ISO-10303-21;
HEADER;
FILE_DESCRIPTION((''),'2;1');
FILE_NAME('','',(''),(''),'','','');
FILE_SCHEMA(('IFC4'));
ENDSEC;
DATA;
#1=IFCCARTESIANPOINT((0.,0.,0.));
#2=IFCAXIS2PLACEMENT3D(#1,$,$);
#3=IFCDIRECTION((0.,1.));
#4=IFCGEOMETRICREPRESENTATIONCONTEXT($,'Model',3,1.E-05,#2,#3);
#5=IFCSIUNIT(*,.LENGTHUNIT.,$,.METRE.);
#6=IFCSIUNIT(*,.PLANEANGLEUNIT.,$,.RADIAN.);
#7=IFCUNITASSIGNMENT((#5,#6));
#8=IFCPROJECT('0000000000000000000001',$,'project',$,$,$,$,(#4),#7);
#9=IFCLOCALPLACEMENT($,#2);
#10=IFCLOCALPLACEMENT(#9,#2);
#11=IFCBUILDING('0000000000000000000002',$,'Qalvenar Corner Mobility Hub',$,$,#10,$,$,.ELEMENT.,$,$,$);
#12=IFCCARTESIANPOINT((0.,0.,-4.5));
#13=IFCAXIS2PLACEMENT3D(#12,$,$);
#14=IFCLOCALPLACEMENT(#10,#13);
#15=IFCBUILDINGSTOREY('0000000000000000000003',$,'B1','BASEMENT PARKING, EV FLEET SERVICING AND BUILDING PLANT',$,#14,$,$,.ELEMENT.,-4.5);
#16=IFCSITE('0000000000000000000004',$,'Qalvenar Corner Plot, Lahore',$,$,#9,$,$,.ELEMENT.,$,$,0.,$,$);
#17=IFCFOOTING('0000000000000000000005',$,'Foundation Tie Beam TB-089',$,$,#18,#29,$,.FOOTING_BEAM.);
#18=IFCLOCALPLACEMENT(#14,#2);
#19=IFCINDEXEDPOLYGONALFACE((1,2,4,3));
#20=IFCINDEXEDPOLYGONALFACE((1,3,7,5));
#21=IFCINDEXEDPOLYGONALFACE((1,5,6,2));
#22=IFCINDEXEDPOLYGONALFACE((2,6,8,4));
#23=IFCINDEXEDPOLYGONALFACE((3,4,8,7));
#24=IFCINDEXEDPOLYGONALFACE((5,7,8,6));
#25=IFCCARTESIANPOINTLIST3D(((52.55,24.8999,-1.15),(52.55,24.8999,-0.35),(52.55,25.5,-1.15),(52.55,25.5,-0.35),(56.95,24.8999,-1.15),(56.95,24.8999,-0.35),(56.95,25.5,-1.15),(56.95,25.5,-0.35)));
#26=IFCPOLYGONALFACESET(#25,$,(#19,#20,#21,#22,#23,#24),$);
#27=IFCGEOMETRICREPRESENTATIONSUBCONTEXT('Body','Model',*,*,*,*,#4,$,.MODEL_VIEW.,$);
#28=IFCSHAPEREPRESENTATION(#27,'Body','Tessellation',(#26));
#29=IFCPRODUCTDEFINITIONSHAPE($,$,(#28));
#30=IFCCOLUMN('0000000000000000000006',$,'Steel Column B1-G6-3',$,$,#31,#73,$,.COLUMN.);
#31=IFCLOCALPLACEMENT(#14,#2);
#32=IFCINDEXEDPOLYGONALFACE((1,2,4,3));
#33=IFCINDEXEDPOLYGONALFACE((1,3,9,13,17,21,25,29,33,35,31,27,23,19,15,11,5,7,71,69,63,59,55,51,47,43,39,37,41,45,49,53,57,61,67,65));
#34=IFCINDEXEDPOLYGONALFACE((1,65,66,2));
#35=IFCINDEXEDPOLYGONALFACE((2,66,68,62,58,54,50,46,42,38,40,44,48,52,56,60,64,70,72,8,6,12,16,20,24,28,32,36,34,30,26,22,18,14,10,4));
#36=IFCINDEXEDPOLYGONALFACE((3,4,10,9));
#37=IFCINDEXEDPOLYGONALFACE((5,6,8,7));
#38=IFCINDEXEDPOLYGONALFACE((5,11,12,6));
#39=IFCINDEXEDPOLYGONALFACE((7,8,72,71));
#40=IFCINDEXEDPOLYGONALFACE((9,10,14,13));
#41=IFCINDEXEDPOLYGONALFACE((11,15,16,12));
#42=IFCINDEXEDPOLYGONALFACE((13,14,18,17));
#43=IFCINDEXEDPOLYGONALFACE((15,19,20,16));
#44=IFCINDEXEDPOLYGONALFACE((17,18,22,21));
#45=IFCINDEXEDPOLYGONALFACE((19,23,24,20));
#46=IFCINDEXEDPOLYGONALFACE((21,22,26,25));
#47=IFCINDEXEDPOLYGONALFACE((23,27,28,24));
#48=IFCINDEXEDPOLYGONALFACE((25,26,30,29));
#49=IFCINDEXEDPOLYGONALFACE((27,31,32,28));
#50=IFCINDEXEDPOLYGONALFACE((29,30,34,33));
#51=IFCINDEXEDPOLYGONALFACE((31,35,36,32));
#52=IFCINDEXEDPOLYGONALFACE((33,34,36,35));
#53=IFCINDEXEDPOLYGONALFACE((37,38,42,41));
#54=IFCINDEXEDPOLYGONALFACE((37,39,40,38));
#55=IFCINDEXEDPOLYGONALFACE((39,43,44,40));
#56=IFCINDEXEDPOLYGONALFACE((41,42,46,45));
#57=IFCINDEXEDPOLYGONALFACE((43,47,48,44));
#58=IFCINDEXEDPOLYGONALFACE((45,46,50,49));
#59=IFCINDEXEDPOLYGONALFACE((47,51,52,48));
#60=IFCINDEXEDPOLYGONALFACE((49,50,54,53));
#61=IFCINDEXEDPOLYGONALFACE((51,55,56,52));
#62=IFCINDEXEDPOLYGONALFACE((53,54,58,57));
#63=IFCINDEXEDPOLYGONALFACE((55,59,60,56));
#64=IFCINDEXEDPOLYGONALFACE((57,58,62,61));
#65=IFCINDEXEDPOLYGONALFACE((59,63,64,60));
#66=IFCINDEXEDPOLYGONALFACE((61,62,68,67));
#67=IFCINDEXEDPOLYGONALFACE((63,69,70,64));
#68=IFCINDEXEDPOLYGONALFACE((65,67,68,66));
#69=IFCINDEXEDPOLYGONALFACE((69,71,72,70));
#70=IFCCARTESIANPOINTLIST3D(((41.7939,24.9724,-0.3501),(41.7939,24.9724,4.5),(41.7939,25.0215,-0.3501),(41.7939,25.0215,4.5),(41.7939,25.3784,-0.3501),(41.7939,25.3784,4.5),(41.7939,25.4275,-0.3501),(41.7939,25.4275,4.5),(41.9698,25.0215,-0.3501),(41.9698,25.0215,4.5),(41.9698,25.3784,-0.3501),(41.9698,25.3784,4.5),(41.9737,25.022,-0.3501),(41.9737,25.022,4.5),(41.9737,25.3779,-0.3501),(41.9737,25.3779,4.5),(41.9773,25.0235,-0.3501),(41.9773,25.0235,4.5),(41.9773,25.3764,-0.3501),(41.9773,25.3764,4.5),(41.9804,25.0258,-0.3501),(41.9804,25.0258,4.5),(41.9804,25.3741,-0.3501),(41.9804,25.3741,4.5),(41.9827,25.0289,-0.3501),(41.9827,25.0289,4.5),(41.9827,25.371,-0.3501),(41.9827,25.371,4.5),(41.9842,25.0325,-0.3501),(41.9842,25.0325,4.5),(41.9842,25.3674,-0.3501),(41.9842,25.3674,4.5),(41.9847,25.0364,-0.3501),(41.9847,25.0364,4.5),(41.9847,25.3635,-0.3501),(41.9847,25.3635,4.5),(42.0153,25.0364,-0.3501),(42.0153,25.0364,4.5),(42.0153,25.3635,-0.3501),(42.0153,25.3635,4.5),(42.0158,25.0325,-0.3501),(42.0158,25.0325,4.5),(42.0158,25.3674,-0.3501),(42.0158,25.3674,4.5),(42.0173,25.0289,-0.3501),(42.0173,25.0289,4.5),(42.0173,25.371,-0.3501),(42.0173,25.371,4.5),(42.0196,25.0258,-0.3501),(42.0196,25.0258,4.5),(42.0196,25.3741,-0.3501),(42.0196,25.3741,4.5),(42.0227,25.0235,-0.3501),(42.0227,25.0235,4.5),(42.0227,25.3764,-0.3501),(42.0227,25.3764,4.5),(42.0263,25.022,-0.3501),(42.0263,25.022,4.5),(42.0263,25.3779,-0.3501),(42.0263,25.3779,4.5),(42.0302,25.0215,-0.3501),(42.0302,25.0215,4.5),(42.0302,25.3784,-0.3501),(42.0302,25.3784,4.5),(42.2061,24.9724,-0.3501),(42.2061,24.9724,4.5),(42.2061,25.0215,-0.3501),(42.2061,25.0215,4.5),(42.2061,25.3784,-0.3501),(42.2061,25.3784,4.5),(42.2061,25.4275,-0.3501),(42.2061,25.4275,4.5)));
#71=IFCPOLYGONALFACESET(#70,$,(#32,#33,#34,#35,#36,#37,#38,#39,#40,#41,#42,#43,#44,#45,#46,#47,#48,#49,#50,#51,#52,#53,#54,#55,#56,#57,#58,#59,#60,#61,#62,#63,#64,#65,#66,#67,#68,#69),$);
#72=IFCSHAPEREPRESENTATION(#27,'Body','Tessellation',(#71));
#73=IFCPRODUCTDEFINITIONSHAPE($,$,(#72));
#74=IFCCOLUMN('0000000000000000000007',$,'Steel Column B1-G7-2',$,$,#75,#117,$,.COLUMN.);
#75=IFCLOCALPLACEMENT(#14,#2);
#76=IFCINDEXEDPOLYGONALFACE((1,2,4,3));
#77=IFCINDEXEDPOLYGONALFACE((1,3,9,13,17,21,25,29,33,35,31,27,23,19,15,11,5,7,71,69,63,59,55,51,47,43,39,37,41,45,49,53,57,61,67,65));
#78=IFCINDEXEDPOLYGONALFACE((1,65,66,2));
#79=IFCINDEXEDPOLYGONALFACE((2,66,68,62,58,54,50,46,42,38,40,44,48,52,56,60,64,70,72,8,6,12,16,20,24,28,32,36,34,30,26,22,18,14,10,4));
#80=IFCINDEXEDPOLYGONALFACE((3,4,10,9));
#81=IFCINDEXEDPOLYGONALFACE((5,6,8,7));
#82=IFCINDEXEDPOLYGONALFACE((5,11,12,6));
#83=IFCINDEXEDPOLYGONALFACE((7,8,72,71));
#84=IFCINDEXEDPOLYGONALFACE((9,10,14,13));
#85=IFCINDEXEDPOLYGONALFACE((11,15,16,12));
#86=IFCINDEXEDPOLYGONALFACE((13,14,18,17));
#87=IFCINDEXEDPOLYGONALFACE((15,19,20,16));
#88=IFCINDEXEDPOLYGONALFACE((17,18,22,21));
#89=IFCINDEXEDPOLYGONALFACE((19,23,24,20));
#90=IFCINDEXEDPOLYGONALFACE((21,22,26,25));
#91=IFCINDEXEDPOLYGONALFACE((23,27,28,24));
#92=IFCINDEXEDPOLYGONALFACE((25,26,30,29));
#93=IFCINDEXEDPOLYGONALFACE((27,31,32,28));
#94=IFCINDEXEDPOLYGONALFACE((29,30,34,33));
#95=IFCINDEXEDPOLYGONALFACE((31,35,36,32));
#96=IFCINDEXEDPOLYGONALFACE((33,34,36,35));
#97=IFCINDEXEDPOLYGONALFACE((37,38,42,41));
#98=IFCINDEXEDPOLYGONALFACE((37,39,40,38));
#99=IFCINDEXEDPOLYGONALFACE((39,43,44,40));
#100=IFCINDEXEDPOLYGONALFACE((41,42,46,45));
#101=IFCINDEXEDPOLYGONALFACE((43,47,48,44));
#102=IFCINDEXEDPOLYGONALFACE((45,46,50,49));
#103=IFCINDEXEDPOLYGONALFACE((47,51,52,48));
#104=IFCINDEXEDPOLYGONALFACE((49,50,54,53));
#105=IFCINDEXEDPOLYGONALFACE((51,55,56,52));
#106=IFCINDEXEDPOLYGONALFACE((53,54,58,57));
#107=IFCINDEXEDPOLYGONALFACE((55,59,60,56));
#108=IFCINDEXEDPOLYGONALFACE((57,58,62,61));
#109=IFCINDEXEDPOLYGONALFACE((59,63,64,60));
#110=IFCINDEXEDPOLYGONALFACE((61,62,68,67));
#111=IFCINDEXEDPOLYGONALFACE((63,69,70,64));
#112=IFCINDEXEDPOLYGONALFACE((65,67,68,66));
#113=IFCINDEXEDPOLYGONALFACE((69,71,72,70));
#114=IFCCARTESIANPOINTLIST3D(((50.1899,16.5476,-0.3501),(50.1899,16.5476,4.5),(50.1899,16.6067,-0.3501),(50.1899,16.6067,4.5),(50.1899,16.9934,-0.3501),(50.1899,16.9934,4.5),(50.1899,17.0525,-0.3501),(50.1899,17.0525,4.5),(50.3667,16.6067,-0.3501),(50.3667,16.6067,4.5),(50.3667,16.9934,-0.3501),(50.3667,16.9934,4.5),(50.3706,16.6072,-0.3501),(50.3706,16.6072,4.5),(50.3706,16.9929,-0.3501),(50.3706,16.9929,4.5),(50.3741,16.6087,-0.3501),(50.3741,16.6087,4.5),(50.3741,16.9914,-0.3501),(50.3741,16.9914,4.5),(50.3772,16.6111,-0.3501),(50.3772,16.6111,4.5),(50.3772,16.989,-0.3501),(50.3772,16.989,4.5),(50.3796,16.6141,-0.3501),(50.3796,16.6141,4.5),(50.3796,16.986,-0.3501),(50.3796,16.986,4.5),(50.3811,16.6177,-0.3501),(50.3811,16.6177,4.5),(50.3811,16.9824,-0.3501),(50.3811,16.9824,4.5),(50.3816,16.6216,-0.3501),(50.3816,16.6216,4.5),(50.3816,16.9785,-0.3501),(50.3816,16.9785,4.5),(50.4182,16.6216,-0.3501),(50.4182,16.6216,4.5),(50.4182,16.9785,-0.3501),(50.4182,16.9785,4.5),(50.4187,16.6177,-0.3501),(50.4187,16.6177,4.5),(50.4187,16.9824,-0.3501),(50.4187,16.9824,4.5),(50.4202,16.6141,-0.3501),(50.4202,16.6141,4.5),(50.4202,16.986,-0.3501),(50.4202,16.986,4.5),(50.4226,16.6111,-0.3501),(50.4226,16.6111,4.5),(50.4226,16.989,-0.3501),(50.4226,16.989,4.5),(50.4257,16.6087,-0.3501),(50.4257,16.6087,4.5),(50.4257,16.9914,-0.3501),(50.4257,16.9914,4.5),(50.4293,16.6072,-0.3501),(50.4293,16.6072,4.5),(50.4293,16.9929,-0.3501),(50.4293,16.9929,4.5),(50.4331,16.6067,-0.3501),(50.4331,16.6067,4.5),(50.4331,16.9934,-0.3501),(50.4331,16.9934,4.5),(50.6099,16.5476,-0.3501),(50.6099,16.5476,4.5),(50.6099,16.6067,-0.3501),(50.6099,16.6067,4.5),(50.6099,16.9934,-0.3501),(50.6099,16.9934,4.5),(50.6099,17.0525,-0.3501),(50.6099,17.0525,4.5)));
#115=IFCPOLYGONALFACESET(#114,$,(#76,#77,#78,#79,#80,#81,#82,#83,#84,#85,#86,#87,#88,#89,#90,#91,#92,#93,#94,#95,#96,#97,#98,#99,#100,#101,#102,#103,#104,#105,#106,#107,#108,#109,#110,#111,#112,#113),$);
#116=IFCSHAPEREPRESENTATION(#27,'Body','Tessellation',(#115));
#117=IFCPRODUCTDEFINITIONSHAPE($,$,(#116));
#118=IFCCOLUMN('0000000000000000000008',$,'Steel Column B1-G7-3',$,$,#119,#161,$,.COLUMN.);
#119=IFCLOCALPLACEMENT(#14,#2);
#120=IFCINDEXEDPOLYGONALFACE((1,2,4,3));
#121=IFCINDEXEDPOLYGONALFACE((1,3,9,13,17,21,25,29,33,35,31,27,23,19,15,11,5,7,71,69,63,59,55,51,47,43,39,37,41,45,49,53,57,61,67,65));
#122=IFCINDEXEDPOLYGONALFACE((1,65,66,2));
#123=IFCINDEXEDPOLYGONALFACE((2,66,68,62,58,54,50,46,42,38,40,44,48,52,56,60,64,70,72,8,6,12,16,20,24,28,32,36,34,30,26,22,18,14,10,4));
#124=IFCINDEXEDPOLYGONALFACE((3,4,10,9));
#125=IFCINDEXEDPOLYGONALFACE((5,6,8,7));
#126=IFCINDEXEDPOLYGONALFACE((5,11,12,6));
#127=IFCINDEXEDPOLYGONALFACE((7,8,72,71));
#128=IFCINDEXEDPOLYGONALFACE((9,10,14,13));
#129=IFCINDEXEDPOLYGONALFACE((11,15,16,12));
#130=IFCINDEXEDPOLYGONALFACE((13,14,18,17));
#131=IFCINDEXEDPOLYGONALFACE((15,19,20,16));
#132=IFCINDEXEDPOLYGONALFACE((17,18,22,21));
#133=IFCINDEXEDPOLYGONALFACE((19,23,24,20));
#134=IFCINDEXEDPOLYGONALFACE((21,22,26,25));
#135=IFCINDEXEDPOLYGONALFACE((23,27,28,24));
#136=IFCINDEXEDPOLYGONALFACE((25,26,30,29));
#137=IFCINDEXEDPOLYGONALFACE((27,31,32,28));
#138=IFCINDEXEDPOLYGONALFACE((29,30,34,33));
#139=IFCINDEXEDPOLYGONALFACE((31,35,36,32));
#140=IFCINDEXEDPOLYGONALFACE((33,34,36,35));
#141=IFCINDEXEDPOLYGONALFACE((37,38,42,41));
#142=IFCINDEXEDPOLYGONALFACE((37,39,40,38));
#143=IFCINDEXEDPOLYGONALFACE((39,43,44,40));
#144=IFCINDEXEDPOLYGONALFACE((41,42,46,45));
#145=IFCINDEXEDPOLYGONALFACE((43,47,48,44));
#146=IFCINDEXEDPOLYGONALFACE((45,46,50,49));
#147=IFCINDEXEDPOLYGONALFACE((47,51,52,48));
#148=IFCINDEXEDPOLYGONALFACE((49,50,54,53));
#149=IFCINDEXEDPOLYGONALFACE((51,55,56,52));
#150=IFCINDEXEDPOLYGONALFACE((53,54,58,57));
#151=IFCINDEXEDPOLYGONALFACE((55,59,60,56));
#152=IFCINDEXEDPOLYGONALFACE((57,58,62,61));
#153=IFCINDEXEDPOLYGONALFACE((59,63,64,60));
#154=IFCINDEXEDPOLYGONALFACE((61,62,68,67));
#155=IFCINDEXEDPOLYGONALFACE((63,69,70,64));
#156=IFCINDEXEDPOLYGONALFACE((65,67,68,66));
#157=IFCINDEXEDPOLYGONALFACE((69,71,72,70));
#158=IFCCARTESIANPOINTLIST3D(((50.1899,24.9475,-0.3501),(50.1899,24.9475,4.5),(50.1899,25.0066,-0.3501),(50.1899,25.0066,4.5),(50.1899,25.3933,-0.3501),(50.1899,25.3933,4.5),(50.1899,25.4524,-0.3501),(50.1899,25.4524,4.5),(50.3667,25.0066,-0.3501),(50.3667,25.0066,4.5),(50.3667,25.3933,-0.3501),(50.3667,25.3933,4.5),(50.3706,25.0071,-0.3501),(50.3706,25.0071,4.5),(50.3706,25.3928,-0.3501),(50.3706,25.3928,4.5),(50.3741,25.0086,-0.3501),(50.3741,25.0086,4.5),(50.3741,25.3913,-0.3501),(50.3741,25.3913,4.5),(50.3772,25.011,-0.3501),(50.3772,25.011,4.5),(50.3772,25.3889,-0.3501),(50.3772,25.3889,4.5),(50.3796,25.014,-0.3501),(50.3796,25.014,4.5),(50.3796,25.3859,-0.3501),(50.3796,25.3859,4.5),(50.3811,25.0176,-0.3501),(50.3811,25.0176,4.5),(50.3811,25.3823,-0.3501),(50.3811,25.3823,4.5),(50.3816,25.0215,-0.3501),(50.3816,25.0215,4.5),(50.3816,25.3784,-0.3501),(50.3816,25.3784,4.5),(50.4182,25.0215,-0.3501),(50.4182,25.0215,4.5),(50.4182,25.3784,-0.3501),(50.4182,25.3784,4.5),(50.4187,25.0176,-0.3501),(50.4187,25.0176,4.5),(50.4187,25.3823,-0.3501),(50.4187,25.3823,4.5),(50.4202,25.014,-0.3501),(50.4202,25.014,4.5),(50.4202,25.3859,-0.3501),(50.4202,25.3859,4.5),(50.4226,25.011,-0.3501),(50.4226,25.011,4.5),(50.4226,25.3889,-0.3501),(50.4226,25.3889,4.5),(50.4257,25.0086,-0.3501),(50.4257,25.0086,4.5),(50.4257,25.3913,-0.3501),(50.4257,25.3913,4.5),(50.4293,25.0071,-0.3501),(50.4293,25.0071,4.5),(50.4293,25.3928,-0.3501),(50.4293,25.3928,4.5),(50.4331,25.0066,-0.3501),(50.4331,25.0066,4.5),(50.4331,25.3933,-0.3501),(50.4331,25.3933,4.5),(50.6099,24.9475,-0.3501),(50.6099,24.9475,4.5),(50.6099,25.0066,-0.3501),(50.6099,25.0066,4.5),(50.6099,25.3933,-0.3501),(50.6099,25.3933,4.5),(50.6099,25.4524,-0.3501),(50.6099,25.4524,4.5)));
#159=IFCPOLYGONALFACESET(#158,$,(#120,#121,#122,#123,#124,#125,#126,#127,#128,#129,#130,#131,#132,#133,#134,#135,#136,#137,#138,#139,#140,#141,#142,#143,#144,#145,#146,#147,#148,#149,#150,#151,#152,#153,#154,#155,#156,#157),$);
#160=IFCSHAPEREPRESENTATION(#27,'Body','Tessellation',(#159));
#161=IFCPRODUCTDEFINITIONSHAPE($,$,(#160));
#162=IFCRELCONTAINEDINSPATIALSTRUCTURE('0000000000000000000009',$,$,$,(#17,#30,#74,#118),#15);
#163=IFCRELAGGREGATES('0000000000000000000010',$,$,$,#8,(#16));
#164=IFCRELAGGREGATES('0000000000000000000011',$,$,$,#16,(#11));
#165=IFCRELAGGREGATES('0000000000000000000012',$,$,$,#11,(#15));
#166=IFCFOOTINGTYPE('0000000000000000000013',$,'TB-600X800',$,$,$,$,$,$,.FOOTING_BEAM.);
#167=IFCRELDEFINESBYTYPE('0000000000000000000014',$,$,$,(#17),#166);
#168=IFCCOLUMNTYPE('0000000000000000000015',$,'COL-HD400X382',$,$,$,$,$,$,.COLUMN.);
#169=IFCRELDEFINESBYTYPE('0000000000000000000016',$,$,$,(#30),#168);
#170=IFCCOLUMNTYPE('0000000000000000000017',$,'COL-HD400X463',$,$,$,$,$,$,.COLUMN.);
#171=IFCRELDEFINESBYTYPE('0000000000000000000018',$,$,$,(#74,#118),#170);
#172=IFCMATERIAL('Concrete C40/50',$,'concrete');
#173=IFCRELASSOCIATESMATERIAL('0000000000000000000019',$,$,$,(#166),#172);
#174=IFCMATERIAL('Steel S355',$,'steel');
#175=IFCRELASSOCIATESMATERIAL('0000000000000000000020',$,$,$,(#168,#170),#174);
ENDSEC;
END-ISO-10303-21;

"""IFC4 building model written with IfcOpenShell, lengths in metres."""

from ifc_helpers import new_model, si_unit, direction, frame, origin, origin_2d, place, context, subcontext, project, spatial, rectangle, i_section, extrude, material, material_profile, profile_set, type_object, element, save


model = new_model("IFC4")

# Units and contexts
model_context = context("Model", 3, precision=1e-05, world=origin(), true_north=direction((0.0, 1.0)))
body_context = subcontext(model_context, "Body", "Model", "MODEL_VIEW")
ifc_project = project(units=[si_unit("LENGTHUNIT", "METRE"), si_unit("PLANEANGLEUNIT", "RADIAN")], contexts=[model_context])

# Site, building, storey
site_placement = place(None, origin())
site = spatial("IfcSite", under=ifc_project, at=site_placement, Name="Qalvenar Corner Plot, Lahore", CompositionType="ELEMENT", RefElevation=0.0)
building_placement = place(site_placement, origin())
building = spatial("IfcBuilding", under=site, at=building_placement, Name="Qalvenar Corner Mobility Hub", CompositionType="ELEMENT")
storey_placement = place(building_placement, frame((0.0, 0.0, -4.5)))
storey = spatial("IfcBuildingStorey", under=building, at=storey_placement, Name="B1", Description="BASEMENT PARKING, EV FLEET SERVICING AND BUILDING PLANT", CompositionType="ELEMENT", Elevation=-4.5)

# Shared definitions
ifc_material_1 = material(Name="Concrete C40/50", Category="concrete")

# Footing
ifc_material_profile_1 = material_profile(ifc_material_1, rectangle(XDim=0.6001, YDim=0.8, at=origin_2d()), Name="RC600x800")
ifc_profile_set_1 = profile_set([ifc_material_profile_1], Name="Concrete C40/50")
footing_type_1 = type_object("IfcFootingType", Name="TB-600X800", PredefinedType="FOOTING_BEAM", material=ifc_profile_set_1)
for number, where, z_axis, x_axis, name in (
    (1, (52.55, 25.2, -0.75), (1.0, 0.0, 0.0), (0.0, 1.0, 0.0), "Foundation Tie Beam TB-089"),
):
    element("IfcFooting", number, at=place(storey_placement, frame(where, z_axis=z_axis, x_axis=x_axis)), inside=storey, type_object=footing_type_1, Name=name, PredefinedType="FOOTING_BEAM", context=body_context, shape_type="SweptSolid", body=[
        extrude(rectangle(XDim=0.6001, YDim=0.8, at=origin_2d()), origin(), (0.0, 0.0, 1.0), 4.3999),
    ])

# Columns
ifc_material_2 = material(Name="Steel S355", Category="steel")
ifc_material_profile_2 = material_profile(ifc_material_2, i_section(OverallWidth=0.4121, OverallDepth=0.4551, WebThickness=0.0305, FlangeThickness=0.0491, FilletRadius=0.0149, at=origin_2d()), Name="HD400x421")
ifc_profile_set_2 = profile_set([ifc_material_profile_2], Name="Steel S355")
column_type_1 = type_object("IfcColumnType", Name="COL-HD400X382", PredefinedType="COLUMN", material=ifc_profile_set_2)
column_1_placement = place(storey_placement, frame((42.0, 25.2, -0.3501), z_axis=(0.0, 0.0, 1.0), x_axis=(1.0, 0.0, 0.0)))
element("IfcColumn", 2, at=column_1_placement, inside=storey, type_object=column_type_1, Name="Steel Column B1-G6-3", PredefinedType="COLUMN", context=body_context, shape_type="SweptSolid", body=[
    extrude(i_section(OverallWidth=0.4121, OverallDepth=0.4551, WebThickness=0.0305, FlangeThickness=0.0491, FilletRadius=0.0149, at=origin_2d()), origin(), (0.0, 0.0, 1.0), 4.8501),
])
ifc_material_profile_3 = material_profile(ifc_material_2, i_section(OverallWidth=0.4199, OverallDepth=0.5049, WebThickness=0.0366, FlangeThickness=0.0591, FilletRadius=0.0149, at=origin_2d()), Name="HD400x551")
ifc_profile_set_3 = profile_set([ifc_material_profile_3], Name="Steel S355")
column_type_2 = type_object("IfcColumnType", Name="COL-HD400X463", PredefinedType="COLUMN", material=ifc_profile_set_3)
for number, where, z_axis, x_axis, name in (
    (3, (50.3999, 16.8, -0.3501), (0.0, 0.0, 1.0), (1.0, 0.0, 0.0), "Steel Column B1-G7-2"),
    (4, (50.3999, 25.2, -0.3501), (0.0, 0.0, 1.0), (1.0, 0.0, 0.0), "Steel Column B1-G7-3"),
):
    element("IfcColumn", number, at=place(storey_placement, frame(where, z_axis=z_axis, x_axis=x_axis)), inside=storey, type_object=column_type_2, Name=name, PredefinedType="COLUMN", context=body_context, shape_type="SweptSolid", body=[
        extrude(i_section(OverallWidth=0.4199, OverallDepth=0.5049, WebThickness=0.0366, FlangeThickness=0.0591, FilletRadius=0.0149, at=origin_2d()), origin(), (0.0, 0.0, 1.0), 4.8501),
    ])

save(model, "model.ifc")
